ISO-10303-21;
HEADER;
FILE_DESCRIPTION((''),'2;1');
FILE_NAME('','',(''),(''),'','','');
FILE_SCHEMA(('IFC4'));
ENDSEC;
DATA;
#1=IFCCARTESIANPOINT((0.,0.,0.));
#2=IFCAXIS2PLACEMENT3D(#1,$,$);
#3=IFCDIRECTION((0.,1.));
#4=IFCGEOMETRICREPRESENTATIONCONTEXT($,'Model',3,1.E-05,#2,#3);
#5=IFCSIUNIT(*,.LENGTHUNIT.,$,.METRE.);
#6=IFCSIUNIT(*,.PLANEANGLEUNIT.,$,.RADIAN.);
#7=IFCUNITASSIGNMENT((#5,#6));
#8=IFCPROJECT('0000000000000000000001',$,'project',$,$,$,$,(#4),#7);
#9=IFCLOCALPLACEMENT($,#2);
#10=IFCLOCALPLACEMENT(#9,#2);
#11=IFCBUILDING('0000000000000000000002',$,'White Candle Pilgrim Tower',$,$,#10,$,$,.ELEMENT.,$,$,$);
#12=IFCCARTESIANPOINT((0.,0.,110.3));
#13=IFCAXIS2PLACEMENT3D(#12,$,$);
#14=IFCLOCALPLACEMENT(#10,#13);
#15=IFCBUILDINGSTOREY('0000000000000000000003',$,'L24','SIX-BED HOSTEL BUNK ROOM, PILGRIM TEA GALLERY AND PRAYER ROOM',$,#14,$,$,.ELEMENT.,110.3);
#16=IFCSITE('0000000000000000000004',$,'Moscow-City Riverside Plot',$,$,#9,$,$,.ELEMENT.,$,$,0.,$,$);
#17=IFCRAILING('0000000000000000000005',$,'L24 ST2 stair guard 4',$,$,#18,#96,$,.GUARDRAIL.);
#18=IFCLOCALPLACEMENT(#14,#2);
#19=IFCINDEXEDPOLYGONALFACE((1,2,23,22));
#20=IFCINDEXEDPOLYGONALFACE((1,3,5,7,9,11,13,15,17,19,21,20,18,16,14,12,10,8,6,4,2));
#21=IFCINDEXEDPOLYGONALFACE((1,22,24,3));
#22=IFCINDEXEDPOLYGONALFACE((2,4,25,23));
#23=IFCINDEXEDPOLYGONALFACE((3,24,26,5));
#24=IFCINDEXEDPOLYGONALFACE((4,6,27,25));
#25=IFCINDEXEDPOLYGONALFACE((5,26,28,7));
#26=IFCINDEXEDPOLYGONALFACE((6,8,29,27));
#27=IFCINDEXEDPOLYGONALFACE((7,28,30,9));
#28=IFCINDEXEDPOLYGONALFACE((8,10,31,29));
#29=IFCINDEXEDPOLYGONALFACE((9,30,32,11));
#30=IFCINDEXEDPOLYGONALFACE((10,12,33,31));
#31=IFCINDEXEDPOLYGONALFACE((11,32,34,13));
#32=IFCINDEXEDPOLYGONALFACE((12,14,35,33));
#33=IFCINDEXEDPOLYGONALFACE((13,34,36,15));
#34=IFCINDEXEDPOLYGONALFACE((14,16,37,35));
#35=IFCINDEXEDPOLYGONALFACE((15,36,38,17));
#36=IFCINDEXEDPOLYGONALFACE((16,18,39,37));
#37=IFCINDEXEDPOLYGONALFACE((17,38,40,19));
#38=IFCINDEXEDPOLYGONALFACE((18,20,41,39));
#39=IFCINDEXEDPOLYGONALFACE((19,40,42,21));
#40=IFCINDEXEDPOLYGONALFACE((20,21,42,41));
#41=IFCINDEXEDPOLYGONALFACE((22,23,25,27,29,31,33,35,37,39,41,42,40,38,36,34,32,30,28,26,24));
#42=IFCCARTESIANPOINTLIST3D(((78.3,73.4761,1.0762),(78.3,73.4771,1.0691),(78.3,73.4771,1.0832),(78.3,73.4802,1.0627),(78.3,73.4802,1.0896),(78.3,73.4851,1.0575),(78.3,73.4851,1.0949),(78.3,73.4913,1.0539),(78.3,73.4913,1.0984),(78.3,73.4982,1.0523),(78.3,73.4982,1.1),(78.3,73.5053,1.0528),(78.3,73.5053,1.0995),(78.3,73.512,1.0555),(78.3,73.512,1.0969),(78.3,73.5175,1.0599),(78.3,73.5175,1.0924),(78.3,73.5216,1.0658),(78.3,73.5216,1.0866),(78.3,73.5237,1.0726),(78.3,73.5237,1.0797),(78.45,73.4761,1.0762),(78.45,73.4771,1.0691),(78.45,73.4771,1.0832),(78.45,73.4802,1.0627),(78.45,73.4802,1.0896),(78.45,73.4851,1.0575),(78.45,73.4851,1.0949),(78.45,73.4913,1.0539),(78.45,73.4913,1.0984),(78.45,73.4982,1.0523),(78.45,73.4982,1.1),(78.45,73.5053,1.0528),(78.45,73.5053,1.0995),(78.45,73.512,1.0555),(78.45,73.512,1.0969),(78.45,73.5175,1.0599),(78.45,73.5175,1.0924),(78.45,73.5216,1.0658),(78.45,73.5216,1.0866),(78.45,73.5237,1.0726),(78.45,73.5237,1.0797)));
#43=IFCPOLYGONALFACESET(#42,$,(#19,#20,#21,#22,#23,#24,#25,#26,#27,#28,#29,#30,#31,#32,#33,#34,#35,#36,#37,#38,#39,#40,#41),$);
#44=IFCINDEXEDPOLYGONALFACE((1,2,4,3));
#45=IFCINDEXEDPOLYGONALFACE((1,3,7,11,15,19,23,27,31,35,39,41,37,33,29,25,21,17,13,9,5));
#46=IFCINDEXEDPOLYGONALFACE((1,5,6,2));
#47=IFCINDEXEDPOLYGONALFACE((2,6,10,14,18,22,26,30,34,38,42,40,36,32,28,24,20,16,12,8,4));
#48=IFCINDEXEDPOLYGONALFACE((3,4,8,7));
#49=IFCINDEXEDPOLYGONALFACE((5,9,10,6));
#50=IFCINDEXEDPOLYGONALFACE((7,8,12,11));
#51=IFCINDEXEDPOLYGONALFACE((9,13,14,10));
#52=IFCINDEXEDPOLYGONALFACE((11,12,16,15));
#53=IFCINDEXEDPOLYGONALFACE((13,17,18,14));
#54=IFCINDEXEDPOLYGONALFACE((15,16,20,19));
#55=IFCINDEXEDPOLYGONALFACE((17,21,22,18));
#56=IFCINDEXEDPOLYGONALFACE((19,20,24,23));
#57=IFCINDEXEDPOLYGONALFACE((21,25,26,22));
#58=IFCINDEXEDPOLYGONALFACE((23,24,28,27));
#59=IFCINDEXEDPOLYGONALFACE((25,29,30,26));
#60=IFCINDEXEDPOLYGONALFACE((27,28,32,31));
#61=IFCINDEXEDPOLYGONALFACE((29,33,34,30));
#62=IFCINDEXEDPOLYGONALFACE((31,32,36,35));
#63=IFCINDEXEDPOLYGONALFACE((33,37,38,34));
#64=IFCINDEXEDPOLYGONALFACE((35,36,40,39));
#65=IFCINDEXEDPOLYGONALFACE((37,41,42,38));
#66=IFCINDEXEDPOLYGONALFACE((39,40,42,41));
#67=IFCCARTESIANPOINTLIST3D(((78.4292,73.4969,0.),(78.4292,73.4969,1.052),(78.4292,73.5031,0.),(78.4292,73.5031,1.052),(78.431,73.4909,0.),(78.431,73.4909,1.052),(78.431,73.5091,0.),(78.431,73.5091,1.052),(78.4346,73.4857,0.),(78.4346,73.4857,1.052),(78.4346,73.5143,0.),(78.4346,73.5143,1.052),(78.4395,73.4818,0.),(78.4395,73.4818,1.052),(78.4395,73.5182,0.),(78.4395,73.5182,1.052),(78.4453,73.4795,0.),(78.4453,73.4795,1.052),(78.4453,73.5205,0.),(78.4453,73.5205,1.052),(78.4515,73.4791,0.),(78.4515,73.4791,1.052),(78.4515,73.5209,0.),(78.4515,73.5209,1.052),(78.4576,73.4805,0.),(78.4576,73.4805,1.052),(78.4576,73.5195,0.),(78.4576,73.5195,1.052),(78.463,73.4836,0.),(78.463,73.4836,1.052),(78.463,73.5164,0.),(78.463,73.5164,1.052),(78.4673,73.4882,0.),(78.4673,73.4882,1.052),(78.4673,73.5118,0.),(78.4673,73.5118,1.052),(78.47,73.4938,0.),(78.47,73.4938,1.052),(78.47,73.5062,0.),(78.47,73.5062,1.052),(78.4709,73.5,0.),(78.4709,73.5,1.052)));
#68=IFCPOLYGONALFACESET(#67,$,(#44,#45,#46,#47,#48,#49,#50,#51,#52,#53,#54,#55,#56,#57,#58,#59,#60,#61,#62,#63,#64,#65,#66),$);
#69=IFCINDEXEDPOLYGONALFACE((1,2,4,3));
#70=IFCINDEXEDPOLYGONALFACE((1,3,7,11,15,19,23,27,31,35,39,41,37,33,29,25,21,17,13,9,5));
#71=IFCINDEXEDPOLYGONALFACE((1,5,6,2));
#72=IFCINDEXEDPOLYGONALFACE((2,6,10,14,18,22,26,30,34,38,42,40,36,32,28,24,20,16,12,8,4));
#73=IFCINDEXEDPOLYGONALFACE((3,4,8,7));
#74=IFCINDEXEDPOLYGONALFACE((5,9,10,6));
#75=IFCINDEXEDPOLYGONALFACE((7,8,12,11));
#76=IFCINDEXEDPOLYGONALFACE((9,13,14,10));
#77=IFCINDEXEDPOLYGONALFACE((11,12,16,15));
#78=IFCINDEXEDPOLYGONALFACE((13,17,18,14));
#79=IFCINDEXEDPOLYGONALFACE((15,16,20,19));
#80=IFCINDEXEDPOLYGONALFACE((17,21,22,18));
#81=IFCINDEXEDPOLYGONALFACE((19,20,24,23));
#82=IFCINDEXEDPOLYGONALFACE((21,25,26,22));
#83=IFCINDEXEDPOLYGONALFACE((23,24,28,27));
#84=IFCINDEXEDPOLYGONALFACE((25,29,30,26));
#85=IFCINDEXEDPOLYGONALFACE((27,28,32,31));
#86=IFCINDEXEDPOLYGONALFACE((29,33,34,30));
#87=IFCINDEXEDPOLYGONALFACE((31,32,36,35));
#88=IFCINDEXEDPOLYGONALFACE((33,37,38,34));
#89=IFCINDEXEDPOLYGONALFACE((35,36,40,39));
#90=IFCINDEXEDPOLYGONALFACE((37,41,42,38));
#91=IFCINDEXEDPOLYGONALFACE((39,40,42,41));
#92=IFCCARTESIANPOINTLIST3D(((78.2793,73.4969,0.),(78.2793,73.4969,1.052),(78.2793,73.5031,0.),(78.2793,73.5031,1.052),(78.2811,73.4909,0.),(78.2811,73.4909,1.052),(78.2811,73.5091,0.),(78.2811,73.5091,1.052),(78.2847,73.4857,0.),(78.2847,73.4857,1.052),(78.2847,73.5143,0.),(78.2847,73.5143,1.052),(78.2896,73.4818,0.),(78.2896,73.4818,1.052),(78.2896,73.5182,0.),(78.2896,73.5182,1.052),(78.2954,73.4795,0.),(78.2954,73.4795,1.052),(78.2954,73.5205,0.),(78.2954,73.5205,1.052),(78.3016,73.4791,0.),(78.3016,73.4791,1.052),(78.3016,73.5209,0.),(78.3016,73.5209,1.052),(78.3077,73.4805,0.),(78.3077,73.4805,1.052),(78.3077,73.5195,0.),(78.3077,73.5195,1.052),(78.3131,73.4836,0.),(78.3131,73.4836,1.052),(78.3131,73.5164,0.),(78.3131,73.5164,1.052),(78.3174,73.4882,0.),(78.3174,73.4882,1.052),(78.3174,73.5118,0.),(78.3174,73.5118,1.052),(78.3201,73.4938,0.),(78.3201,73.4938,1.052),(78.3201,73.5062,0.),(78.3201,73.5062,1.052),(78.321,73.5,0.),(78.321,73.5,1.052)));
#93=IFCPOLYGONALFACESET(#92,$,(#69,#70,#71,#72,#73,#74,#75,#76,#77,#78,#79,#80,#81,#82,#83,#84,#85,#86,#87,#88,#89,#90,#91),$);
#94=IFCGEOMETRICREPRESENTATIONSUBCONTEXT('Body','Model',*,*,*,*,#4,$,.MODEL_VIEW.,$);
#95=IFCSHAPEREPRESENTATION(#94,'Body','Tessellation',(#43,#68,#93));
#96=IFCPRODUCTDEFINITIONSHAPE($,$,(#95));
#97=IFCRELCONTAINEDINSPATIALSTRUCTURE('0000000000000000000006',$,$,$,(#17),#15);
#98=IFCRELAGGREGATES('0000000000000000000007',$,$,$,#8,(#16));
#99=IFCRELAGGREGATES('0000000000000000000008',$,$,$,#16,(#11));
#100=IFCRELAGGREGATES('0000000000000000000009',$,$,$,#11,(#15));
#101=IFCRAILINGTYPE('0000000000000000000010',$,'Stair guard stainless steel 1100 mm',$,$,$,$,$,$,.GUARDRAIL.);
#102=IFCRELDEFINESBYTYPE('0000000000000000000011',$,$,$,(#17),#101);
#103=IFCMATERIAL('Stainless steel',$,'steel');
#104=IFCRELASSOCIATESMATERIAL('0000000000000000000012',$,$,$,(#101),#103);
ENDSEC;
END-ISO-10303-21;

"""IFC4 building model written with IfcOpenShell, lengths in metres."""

from ifc_helpers import new_model, si_unit, direction, frame, origin, origin_2d, place, context, subcontext, project, spatial, circle, extrude, material, type_object, element, save


model = new_model("IFC4")

# Units and contexts
model_context = context("Model", 3, precision=1e-05, world=origin(), true_north=direction((0.0, 1.0)))
body_context = subcontext(model_context, "Body", "Model", "MODEL_VIEW")
ifc_project = project(units=[si_unit("LENGTHUNIT", "METRE"), si_unit("PLANEANGLEUNIT", "RADIAN")], contexts=[model_context])

# Site, building, storey
site_placement = place(None, origin())
site = spatial("IfcSite", under=ifc_project, at=site_placement, Name="Moscow-City Riverside Plot", CompositionType="ELEMENT", RefElevation=0.0)
building_placement = place(site_placement, origin())
building = spatial("IfcBuilding", under=site, at=building_placement, Name="White Candle Pilgrim Tower", CompositionType="ELEMENT")
storey_placement = place(building_placement, frame((0.0, 0.0, 110.3)))
storey = spatial("IfcBuildingStorey", under=building, at=storey_placement, Name="L24", Description="SIX-BED HOSTEL BUNK ROOM, PILGRIM TEA GALLERY AND PRAYER ROOM", CompositionType="ELEMENT", Elevation=110.3)

# Railing
ifc_material_1 = material(Name="Stainless steel", Category="steel")
railing_type_1 = type_object("IfcRailingType", Name="Stair guard stainless steel 1100 mm", PredefinedType="GUARDRAIL", material=ifc_material_1)
railing_1_placement = place(storey_placement, frame((78.45, 73.5, 0.0)))
element("IfcRailing", 1, at=railing_1_placement, inside=storey, type_object=railing_type_1, Name="L24 ST2 stair guard 4", PredefinedType="GUARDRAIL", context=body_context, shape_type="SweptSolid", body=[
    extrude(circle(Radius=0.0239, at=origin_2d()), frame((0.0, 0.0, 1.0762), z_axis=(-1.0, 0.0, 0.0), x_axis=(0.0, -1.0, 0.0)), (0.0, 0.0, 1.0), 0.1499),
    extrude(circle(Radius=0.021, at=origin_2d()), origin(), (0.0, 0.0, 1.0), 1.052),
    extrude(circle(Radius=0.021, at=origin_2d()), frame((-0.1499, 0.0, 0.0)), (0.0, 0.0, 1.0), 1.052),
])

save(model, "model.ifc")
